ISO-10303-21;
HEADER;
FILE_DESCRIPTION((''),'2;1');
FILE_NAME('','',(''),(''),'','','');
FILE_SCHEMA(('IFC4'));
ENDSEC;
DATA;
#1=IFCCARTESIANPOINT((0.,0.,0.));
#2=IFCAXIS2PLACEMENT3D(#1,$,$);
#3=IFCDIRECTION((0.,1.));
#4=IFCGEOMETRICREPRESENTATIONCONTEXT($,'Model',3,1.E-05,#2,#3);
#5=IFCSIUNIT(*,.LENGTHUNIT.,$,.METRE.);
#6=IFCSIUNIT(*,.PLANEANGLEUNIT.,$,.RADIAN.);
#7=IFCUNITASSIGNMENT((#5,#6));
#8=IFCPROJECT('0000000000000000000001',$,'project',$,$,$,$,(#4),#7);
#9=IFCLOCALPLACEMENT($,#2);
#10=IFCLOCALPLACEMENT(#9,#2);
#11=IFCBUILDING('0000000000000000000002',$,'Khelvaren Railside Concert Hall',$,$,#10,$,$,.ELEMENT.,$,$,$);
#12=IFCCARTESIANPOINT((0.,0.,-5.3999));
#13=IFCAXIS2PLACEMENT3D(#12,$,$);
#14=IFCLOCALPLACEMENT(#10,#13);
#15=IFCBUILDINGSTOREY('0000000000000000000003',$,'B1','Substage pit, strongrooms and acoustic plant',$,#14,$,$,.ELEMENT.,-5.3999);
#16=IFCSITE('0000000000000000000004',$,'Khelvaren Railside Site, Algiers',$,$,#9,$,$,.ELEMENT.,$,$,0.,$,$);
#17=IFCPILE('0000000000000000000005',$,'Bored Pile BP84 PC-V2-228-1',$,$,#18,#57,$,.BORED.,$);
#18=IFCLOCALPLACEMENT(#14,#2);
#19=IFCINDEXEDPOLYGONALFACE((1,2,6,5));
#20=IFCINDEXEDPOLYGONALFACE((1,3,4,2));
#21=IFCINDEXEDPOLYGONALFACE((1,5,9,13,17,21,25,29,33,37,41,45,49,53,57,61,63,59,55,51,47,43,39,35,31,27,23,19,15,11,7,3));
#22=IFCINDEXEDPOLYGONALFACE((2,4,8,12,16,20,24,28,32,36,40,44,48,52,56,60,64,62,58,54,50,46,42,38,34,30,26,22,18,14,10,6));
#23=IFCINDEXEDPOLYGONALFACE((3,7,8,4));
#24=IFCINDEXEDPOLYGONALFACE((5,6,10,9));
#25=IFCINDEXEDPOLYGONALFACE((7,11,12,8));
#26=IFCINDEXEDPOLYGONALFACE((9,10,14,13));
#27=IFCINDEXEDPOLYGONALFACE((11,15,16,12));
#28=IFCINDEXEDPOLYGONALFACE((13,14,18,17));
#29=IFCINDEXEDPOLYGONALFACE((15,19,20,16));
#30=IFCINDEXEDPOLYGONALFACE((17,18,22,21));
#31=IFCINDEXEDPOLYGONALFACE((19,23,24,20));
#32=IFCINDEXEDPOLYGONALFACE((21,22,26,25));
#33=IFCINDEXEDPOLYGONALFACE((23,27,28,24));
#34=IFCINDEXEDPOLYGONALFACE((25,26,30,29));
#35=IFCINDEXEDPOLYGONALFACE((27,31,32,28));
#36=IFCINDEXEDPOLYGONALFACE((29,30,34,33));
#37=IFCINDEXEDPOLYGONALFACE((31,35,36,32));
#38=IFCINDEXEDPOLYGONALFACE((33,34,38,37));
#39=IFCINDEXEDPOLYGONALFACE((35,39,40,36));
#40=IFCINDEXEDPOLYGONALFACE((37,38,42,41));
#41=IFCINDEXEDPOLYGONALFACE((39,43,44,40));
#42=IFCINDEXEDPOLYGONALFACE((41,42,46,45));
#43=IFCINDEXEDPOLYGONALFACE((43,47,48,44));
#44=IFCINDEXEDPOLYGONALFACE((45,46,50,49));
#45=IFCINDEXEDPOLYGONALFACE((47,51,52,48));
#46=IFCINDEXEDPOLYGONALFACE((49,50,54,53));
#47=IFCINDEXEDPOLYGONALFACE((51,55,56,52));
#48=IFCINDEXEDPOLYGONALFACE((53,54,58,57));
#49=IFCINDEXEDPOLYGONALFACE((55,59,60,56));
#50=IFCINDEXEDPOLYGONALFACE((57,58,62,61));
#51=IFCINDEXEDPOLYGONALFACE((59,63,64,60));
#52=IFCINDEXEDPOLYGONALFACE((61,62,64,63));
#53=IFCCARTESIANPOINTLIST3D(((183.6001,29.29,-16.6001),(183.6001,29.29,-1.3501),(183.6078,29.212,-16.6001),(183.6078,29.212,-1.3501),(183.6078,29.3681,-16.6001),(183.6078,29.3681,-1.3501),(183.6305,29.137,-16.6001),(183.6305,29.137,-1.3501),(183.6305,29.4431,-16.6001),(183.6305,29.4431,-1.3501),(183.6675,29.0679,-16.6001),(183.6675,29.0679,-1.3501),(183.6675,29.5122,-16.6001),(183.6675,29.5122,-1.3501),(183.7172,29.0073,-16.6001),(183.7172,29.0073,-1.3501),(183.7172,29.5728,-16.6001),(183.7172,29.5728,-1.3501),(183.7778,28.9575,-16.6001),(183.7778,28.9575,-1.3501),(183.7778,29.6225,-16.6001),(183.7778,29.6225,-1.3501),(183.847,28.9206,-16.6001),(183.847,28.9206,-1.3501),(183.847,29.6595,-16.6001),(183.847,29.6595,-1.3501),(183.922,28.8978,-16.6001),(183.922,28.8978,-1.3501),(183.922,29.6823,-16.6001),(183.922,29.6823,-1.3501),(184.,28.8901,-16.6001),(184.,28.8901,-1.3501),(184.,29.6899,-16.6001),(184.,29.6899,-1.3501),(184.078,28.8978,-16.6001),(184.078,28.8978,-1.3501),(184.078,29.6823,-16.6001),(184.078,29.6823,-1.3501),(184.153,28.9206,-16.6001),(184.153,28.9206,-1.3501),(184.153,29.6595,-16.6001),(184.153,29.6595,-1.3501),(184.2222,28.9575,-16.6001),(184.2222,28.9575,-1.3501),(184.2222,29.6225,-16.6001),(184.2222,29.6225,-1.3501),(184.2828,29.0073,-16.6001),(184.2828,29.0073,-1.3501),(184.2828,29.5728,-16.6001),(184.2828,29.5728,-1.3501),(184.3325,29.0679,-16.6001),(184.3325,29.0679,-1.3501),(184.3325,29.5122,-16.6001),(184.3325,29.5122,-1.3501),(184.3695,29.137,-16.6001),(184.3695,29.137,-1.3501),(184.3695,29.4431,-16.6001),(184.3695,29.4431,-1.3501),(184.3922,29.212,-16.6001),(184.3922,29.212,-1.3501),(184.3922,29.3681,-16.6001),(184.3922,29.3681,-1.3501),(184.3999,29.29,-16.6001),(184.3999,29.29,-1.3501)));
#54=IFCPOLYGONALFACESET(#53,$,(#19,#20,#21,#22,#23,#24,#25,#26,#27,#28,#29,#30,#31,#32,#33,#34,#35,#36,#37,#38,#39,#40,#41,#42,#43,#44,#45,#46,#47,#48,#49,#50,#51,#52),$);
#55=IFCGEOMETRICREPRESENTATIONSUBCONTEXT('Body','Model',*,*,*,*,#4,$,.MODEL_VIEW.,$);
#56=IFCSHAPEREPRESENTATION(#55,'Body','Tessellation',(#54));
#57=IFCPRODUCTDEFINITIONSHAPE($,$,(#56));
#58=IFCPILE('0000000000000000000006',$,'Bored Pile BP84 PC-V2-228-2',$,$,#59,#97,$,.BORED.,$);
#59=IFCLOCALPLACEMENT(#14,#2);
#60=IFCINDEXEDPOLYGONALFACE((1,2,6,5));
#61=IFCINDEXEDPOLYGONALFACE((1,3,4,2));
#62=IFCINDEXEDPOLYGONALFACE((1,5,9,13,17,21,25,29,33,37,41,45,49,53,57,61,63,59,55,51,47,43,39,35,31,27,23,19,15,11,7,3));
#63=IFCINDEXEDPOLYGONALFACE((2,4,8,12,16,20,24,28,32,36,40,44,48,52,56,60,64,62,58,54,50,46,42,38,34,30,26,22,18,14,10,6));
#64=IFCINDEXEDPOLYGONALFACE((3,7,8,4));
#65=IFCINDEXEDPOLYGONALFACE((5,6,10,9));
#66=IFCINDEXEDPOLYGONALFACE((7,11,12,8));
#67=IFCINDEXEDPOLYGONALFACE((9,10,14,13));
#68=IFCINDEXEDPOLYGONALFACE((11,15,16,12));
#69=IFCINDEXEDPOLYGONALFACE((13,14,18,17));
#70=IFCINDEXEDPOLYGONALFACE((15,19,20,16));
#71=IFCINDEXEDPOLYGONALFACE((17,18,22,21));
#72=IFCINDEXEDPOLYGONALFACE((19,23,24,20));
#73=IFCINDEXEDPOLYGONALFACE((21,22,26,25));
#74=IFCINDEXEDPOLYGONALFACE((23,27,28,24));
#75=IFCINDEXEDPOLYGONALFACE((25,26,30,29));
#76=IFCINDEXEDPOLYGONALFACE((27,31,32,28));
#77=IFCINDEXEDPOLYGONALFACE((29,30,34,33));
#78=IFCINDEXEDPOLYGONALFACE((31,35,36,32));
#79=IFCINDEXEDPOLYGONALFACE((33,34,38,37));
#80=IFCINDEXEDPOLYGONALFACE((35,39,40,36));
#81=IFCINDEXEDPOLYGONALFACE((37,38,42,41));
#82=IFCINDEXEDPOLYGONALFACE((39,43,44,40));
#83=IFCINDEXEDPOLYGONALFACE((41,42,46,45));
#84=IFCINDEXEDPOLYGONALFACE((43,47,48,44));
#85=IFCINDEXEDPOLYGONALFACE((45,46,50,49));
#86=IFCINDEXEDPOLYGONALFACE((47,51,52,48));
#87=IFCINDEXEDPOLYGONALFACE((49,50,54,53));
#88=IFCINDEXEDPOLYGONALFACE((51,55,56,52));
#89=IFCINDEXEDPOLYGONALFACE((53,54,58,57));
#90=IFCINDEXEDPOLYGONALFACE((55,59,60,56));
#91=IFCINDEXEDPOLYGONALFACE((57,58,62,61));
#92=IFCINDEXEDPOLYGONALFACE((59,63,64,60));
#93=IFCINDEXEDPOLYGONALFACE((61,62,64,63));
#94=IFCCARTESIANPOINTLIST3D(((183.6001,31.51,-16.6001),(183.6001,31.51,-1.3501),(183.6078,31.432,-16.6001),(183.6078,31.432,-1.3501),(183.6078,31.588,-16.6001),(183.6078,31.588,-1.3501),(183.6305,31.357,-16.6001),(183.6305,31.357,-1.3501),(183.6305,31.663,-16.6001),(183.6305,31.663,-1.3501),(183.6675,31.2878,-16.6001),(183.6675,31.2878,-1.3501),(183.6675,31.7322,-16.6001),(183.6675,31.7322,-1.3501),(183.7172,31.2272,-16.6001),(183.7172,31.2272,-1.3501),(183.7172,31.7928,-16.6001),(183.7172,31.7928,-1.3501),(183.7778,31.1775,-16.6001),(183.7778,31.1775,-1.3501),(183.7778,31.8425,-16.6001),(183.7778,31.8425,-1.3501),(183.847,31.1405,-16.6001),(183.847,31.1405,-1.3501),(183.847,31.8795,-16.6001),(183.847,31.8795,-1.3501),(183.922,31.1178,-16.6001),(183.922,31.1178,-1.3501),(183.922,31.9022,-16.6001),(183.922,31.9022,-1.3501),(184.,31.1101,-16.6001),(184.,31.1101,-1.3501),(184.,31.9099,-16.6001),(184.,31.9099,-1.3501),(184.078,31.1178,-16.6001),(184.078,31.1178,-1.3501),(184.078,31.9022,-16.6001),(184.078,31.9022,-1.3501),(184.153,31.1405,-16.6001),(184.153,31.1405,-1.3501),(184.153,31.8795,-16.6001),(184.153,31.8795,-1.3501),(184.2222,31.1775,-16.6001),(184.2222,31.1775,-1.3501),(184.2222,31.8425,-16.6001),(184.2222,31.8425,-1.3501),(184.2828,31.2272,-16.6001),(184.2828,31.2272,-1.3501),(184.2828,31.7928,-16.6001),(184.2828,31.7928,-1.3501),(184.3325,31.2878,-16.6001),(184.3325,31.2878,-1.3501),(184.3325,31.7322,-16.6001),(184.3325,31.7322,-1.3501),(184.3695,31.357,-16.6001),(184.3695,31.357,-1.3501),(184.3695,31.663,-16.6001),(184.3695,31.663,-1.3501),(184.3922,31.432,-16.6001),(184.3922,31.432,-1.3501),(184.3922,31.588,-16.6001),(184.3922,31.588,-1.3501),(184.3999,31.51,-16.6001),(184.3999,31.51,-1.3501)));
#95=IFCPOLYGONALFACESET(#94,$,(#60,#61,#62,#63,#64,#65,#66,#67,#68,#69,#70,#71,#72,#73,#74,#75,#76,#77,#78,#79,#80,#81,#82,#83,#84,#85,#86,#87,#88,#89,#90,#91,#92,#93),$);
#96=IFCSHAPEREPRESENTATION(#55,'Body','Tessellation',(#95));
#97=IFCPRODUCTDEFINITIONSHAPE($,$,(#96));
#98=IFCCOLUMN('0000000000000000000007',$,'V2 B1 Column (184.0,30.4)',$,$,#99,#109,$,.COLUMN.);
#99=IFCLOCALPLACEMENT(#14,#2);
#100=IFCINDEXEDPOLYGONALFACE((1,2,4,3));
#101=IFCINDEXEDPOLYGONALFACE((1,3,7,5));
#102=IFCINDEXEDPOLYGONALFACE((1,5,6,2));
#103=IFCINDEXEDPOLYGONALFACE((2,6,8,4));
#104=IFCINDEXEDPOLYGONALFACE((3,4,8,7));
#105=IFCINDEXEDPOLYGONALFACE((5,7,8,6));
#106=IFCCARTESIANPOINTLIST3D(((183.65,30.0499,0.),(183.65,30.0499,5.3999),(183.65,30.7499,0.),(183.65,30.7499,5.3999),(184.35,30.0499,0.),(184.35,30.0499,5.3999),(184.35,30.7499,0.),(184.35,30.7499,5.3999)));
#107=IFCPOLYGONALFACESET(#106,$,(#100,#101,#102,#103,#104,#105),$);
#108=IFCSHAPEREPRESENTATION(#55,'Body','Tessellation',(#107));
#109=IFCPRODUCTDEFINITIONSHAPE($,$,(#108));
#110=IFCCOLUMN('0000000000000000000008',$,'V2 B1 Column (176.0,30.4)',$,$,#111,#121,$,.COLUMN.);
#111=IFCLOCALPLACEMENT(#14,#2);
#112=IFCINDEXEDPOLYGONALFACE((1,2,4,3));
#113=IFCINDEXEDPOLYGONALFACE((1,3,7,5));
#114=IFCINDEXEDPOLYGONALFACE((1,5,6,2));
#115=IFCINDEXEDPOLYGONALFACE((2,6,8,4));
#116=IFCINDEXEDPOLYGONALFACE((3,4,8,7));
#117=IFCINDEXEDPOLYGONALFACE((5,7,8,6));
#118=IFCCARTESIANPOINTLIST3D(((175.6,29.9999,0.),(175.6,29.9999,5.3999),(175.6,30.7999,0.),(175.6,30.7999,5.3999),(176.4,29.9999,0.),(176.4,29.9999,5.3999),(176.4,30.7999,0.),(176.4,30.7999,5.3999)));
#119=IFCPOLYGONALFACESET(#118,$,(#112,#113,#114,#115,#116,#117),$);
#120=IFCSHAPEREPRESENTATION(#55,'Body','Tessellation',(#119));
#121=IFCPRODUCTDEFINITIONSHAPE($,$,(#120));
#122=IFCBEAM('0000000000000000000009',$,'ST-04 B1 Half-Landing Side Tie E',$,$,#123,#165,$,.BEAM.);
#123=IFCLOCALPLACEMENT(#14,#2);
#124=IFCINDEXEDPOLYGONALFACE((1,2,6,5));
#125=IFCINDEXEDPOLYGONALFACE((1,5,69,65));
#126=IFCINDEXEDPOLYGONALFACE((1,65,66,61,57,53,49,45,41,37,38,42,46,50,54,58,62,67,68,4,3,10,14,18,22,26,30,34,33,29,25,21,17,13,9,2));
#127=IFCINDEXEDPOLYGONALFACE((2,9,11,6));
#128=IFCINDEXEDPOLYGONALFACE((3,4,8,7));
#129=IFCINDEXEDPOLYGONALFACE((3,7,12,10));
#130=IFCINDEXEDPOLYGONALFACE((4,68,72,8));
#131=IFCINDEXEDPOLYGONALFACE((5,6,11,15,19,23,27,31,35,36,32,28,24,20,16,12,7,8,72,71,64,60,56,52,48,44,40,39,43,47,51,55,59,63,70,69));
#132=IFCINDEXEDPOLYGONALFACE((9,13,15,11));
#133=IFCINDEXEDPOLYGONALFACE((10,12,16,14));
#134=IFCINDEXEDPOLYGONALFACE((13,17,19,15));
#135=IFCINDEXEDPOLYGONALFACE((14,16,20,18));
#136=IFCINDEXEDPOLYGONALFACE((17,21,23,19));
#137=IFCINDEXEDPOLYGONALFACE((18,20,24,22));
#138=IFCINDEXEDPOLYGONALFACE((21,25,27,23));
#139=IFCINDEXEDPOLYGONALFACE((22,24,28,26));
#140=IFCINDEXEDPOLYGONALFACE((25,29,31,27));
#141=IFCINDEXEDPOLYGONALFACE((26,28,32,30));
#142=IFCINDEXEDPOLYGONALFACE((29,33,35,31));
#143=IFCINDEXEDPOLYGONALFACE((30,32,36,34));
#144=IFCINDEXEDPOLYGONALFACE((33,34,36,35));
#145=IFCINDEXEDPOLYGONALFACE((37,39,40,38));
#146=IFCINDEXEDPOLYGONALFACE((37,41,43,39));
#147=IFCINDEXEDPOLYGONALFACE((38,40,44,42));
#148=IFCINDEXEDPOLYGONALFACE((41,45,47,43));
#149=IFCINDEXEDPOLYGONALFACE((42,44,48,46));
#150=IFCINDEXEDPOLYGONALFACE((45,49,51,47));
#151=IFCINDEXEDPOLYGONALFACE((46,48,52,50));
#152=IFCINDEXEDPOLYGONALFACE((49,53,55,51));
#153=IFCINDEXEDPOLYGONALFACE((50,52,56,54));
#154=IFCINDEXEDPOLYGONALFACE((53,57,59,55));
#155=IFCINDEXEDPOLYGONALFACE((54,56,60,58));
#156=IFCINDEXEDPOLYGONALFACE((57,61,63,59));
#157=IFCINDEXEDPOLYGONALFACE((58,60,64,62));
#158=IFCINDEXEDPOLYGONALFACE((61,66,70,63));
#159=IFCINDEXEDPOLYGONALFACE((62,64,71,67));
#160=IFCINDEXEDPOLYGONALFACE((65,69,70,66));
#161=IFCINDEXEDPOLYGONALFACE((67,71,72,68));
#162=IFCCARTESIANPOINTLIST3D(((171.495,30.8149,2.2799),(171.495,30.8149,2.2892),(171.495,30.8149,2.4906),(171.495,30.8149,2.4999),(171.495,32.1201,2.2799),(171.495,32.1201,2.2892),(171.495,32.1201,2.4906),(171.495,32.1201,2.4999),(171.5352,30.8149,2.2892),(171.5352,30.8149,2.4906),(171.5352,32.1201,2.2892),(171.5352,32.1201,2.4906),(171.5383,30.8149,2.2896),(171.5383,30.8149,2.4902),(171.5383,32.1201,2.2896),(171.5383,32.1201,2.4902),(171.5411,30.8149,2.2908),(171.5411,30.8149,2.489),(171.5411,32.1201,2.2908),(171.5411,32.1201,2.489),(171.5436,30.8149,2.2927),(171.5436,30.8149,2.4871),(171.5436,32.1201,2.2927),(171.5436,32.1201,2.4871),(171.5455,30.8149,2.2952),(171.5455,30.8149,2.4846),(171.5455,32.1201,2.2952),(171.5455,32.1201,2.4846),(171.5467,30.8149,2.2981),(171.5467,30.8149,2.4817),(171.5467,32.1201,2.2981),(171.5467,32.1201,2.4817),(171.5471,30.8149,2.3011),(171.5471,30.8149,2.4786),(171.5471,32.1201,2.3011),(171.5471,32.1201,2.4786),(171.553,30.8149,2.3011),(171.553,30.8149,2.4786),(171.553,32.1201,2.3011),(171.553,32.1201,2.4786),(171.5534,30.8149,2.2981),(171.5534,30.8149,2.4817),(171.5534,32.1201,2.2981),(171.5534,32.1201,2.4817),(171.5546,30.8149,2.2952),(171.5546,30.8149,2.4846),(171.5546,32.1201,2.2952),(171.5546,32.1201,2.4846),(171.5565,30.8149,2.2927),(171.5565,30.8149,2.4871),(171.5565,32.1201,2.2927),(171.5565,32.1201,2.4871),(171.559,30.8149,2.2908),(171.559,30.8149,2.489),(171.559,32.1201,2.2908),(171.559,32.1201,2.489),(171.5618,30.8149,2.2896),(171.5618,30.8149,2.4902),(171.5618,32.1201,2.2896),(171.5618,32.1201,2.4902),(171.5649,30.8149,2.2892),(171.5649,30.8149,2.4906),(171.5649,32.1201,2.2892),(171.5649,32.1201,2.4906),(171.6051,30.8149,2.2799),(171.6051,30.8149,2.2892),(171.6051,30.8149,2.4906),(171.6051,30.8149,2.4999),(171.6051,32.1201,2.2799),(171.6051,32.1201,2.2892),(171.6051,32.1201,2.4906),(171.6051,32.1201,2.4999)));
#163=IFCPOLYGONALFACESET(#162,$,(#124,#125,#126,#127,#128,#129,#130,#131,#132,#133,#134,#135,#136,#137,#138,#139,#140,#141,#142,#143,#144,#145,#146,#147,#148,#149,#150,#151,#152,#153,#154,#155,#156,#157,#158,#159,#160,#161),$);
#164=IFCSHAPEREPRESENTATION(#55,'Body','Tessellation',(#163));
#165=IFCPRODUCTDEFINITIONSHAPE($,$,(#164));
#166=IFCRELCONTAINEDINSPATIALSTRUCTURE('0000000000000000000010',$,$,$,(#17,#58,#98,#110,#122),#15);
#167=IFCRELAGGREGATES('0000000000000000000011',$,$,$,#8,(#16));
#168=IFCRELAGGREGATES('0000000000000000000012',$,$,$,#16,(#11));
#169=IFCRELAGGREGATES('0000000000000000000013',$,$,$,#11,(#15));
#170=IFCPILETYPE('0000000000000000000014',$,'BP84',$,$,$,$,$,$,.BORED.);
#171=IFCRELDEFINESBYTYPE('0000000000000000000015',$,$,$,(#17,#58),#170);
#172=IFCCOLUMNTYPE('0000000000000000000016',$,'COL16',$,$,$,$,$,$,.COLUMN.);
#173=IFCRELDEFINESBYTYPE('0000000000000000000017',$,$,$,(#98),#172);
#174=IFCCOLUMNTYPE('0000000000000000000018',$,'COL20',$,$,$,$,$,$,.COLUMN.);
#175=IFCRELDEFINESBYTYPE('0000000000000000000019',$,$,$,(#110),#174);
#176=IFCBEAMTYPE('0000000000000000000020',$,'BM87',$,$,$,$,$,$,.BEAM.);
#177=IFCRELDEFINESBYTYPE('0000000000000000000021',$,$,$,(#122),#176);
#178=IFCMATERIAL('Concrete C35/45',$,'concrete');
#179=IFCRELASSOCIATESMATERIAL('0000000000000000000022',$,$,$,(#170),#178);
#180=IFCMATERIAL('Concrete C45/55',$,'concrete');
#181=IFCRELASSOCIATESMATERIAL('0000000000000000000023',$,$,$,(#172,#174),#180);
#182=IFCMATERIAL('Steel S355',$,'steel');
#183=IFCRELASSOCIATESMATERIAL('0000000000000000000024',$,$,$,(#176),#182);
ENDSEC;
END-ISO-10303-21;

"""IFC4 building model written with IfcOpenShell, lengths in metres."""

from ifc_helpers import new_model, si_unit, direction, frame, origin, origin_2d, place, context, subcontext, project, spatial, rectangle, circle, i_section, extrude, material, material_profile, profile_set, type_object, element, save


model = new_model("IFC4")

# Units and contexts
model_context = context("Model", 3, precision=1e-05, world=origin(), true_north=direction((0.0, 1.0)))
body_context = subcontext(model_context, "Body", "Model", "MODEL_VIEW")
ifc_project = project(units=[si_unit("LENGTHUNIT", "METRE"), si_unit("PLANEANGLEUNIT", "RADIAN")], contexts=[model_context])

# Site, building, storey
site_placement = place(None, origin())
site = spatial("IfcSite", under=ifc_project, at=site_placement, Name="Khelvaren Railside Site, Algiers", CompositionType="ELEMENT", RefElevation=0.0)
building_placement = place(site_placement, origin())
building = spatial("IfcBuilding", under=site, at=building_placement, Name="Khelvaren Railside Concert Hall", CompositionType="ELEMENT")
storey_placement = place(building_placement, frame((0.0, 0.0, -5.3999)))
storey = spatial("IfcBuildingStorey", under=building, at=storey_placement, Name="B1", Description="Substage pit, strongrooms and acoustic plant", CompositionType="ELEMENT", Elevation=-5.3999)

# Piles
ifc_material_1 = material(Name="Concrete C35/45", Category="concrete")
ifc_material_profile_1 = material_profile(ifc_material_1, circle(Radius=0.3999, at=origin_2d()), Name="BP D800")
ifc_profile_set_1 = profile_set([ifc_material_profile_1], Name="Concrete C35/45")
pile_type = type_object("IfcPileType", Name="BP84", PredefinedType="BORED", material=ifc_profile_set_1)
for number, where, z_axis, x_axis, name in (
    (1, (184.0, 29.29, -1.3501), (0.0, 0.0, -1.0), (1.0, 0.0, 0.0), "Bored Pile BP84 PC-V2-228-1"),
    (2, (184.0, 31.51, -1.3501), (0.0, 0.0, -1.0), (1.0, 0.0, 0.0), "Bored Pile BP84 PC-V2-228-2"),
):
    element("IfcPile", number, at=place(storey_placement, frame(where, z_axis=z_axis, x_axis=x_axis)), inside=storey, type_object=pile_type, Name=name, PredefinedType="BORED", context=body_context, shape_type="SweptSolid", body=[
        extrude(circle(Radius=0.3999, at=origin_2d()), origin(), (0.0, 0.0, 1.0), 15.25),
    ])

# Columns
ifc_material_2 = material(Name="Concrete C45/55", Category="concrete")
ifc_material_profile_2 = material_profile(ifc_material_2, rectangle(XDim=0.7, YDim=0.7, at=origin_2d()), Name="RC 700x700")
ifc_profile_set_2 = profile_set([ifc_material_profile_2], Name="Concrete C45/55")
column_type_1 = type_object("IfcColumnType", Name="COL16", PredefinedType="COLUMN", material=ifc_profile_set_2)
column_1_placement = place(storey_placement, frame((184.0, 30.3999, 0.0), z_axis=(0.0, 0.0, 1.0), x_axis=(1.0, 0.0, 0.0)))
element("IfcColumn", 3, at=column_1_placement, inside=storey, type_object=column_type_1, Name="V2 B1 Column (184.0,30.4)", PredefinedType="COLUMN", context=body_context, shape_type="SweptSolid", body=[
    extrude(rectangle(XDim=0.7, YDim=0.7, at=origin_2d()), origin(), (0.0, 0.0, 1.0), 5.3999),
])
ifc_material_profile_3 = material_profile(ifc_material_2, rectangle(XDim=0.8, YDim=0.8, at=origin_2d()), Name="RC 800x800")
ifc_profile_set_3 = profile_set([ifc_material_profile_3], Name="Concrete C45/55")
column_type_2 = type_object("IfcColumnType", Name="COL20", PredefinedType="COLUMN", material=ifc_profile_set_3)
column_2_placement = place(storey_placement, frame((176.0, 30.3999, 0.0), z_axis=(0.0, 0.0, 1.0), x_axis=(1.0, 0.0, 0.0)))
element("IfcColumn", 4, at=column_2_placement, inside=storey, type_object=column_type_2, Name="V2 B1 Column (176.0,30.4)", PredefinedType="COLUMN", context=body_context, shape_type="SweptSolid", body=[
    extrude(rectangle(XDim=0.8, YDim=0.8, at=origin_2d()), origin(), (0.0, 0.0, 1.0), 5.3999),
])

# Beam
ifc_material_3 = material(Name="Steel S355", Category="steel")
ifc_material_profile_4 = material_profile(ifc_material_3, i_section(OverallWidth=0.1101, OverallDepth=0.22, WebThickness=0.0059, FlangeThickness=0.0093, FilletRadius=0.012, at=origin_2d()), Name="IPE 220")
ifc_profile_set_4 = profile_set([ifc_material_profile_4], Name="Steel S355")
beam_type = type_object("IfcBeamType", Name="BM87", PredefinedType="BEAM", material=ifc_profile_set_4)
beam_placement = place(storey_placement, frame((171.55, 30.8149, 2.3899), z_axis=(0.0, 1.0, 0.0), x_axis=(-1.0, 0.0, 0.0)))
element("IfcBeam", 5, at=beam_placement, inside=storey, type_object=beam_type, Name="ST-04 B1 Half-Landing Side Tie E", PredefinedType="BEAM", context=body_context, shape_type="SweptSolid", body=[
    extrude(i_section(OverallWidth=0.1101, OverallDepth=0.22, WebThickness=0.0059, FlangeThickness=0.0093, FilletRadius=0.012, at=origin_2d()), origin(), (0.0, 0.0, 1.0), 1.3052),
])

save(model, "model.ifc")
